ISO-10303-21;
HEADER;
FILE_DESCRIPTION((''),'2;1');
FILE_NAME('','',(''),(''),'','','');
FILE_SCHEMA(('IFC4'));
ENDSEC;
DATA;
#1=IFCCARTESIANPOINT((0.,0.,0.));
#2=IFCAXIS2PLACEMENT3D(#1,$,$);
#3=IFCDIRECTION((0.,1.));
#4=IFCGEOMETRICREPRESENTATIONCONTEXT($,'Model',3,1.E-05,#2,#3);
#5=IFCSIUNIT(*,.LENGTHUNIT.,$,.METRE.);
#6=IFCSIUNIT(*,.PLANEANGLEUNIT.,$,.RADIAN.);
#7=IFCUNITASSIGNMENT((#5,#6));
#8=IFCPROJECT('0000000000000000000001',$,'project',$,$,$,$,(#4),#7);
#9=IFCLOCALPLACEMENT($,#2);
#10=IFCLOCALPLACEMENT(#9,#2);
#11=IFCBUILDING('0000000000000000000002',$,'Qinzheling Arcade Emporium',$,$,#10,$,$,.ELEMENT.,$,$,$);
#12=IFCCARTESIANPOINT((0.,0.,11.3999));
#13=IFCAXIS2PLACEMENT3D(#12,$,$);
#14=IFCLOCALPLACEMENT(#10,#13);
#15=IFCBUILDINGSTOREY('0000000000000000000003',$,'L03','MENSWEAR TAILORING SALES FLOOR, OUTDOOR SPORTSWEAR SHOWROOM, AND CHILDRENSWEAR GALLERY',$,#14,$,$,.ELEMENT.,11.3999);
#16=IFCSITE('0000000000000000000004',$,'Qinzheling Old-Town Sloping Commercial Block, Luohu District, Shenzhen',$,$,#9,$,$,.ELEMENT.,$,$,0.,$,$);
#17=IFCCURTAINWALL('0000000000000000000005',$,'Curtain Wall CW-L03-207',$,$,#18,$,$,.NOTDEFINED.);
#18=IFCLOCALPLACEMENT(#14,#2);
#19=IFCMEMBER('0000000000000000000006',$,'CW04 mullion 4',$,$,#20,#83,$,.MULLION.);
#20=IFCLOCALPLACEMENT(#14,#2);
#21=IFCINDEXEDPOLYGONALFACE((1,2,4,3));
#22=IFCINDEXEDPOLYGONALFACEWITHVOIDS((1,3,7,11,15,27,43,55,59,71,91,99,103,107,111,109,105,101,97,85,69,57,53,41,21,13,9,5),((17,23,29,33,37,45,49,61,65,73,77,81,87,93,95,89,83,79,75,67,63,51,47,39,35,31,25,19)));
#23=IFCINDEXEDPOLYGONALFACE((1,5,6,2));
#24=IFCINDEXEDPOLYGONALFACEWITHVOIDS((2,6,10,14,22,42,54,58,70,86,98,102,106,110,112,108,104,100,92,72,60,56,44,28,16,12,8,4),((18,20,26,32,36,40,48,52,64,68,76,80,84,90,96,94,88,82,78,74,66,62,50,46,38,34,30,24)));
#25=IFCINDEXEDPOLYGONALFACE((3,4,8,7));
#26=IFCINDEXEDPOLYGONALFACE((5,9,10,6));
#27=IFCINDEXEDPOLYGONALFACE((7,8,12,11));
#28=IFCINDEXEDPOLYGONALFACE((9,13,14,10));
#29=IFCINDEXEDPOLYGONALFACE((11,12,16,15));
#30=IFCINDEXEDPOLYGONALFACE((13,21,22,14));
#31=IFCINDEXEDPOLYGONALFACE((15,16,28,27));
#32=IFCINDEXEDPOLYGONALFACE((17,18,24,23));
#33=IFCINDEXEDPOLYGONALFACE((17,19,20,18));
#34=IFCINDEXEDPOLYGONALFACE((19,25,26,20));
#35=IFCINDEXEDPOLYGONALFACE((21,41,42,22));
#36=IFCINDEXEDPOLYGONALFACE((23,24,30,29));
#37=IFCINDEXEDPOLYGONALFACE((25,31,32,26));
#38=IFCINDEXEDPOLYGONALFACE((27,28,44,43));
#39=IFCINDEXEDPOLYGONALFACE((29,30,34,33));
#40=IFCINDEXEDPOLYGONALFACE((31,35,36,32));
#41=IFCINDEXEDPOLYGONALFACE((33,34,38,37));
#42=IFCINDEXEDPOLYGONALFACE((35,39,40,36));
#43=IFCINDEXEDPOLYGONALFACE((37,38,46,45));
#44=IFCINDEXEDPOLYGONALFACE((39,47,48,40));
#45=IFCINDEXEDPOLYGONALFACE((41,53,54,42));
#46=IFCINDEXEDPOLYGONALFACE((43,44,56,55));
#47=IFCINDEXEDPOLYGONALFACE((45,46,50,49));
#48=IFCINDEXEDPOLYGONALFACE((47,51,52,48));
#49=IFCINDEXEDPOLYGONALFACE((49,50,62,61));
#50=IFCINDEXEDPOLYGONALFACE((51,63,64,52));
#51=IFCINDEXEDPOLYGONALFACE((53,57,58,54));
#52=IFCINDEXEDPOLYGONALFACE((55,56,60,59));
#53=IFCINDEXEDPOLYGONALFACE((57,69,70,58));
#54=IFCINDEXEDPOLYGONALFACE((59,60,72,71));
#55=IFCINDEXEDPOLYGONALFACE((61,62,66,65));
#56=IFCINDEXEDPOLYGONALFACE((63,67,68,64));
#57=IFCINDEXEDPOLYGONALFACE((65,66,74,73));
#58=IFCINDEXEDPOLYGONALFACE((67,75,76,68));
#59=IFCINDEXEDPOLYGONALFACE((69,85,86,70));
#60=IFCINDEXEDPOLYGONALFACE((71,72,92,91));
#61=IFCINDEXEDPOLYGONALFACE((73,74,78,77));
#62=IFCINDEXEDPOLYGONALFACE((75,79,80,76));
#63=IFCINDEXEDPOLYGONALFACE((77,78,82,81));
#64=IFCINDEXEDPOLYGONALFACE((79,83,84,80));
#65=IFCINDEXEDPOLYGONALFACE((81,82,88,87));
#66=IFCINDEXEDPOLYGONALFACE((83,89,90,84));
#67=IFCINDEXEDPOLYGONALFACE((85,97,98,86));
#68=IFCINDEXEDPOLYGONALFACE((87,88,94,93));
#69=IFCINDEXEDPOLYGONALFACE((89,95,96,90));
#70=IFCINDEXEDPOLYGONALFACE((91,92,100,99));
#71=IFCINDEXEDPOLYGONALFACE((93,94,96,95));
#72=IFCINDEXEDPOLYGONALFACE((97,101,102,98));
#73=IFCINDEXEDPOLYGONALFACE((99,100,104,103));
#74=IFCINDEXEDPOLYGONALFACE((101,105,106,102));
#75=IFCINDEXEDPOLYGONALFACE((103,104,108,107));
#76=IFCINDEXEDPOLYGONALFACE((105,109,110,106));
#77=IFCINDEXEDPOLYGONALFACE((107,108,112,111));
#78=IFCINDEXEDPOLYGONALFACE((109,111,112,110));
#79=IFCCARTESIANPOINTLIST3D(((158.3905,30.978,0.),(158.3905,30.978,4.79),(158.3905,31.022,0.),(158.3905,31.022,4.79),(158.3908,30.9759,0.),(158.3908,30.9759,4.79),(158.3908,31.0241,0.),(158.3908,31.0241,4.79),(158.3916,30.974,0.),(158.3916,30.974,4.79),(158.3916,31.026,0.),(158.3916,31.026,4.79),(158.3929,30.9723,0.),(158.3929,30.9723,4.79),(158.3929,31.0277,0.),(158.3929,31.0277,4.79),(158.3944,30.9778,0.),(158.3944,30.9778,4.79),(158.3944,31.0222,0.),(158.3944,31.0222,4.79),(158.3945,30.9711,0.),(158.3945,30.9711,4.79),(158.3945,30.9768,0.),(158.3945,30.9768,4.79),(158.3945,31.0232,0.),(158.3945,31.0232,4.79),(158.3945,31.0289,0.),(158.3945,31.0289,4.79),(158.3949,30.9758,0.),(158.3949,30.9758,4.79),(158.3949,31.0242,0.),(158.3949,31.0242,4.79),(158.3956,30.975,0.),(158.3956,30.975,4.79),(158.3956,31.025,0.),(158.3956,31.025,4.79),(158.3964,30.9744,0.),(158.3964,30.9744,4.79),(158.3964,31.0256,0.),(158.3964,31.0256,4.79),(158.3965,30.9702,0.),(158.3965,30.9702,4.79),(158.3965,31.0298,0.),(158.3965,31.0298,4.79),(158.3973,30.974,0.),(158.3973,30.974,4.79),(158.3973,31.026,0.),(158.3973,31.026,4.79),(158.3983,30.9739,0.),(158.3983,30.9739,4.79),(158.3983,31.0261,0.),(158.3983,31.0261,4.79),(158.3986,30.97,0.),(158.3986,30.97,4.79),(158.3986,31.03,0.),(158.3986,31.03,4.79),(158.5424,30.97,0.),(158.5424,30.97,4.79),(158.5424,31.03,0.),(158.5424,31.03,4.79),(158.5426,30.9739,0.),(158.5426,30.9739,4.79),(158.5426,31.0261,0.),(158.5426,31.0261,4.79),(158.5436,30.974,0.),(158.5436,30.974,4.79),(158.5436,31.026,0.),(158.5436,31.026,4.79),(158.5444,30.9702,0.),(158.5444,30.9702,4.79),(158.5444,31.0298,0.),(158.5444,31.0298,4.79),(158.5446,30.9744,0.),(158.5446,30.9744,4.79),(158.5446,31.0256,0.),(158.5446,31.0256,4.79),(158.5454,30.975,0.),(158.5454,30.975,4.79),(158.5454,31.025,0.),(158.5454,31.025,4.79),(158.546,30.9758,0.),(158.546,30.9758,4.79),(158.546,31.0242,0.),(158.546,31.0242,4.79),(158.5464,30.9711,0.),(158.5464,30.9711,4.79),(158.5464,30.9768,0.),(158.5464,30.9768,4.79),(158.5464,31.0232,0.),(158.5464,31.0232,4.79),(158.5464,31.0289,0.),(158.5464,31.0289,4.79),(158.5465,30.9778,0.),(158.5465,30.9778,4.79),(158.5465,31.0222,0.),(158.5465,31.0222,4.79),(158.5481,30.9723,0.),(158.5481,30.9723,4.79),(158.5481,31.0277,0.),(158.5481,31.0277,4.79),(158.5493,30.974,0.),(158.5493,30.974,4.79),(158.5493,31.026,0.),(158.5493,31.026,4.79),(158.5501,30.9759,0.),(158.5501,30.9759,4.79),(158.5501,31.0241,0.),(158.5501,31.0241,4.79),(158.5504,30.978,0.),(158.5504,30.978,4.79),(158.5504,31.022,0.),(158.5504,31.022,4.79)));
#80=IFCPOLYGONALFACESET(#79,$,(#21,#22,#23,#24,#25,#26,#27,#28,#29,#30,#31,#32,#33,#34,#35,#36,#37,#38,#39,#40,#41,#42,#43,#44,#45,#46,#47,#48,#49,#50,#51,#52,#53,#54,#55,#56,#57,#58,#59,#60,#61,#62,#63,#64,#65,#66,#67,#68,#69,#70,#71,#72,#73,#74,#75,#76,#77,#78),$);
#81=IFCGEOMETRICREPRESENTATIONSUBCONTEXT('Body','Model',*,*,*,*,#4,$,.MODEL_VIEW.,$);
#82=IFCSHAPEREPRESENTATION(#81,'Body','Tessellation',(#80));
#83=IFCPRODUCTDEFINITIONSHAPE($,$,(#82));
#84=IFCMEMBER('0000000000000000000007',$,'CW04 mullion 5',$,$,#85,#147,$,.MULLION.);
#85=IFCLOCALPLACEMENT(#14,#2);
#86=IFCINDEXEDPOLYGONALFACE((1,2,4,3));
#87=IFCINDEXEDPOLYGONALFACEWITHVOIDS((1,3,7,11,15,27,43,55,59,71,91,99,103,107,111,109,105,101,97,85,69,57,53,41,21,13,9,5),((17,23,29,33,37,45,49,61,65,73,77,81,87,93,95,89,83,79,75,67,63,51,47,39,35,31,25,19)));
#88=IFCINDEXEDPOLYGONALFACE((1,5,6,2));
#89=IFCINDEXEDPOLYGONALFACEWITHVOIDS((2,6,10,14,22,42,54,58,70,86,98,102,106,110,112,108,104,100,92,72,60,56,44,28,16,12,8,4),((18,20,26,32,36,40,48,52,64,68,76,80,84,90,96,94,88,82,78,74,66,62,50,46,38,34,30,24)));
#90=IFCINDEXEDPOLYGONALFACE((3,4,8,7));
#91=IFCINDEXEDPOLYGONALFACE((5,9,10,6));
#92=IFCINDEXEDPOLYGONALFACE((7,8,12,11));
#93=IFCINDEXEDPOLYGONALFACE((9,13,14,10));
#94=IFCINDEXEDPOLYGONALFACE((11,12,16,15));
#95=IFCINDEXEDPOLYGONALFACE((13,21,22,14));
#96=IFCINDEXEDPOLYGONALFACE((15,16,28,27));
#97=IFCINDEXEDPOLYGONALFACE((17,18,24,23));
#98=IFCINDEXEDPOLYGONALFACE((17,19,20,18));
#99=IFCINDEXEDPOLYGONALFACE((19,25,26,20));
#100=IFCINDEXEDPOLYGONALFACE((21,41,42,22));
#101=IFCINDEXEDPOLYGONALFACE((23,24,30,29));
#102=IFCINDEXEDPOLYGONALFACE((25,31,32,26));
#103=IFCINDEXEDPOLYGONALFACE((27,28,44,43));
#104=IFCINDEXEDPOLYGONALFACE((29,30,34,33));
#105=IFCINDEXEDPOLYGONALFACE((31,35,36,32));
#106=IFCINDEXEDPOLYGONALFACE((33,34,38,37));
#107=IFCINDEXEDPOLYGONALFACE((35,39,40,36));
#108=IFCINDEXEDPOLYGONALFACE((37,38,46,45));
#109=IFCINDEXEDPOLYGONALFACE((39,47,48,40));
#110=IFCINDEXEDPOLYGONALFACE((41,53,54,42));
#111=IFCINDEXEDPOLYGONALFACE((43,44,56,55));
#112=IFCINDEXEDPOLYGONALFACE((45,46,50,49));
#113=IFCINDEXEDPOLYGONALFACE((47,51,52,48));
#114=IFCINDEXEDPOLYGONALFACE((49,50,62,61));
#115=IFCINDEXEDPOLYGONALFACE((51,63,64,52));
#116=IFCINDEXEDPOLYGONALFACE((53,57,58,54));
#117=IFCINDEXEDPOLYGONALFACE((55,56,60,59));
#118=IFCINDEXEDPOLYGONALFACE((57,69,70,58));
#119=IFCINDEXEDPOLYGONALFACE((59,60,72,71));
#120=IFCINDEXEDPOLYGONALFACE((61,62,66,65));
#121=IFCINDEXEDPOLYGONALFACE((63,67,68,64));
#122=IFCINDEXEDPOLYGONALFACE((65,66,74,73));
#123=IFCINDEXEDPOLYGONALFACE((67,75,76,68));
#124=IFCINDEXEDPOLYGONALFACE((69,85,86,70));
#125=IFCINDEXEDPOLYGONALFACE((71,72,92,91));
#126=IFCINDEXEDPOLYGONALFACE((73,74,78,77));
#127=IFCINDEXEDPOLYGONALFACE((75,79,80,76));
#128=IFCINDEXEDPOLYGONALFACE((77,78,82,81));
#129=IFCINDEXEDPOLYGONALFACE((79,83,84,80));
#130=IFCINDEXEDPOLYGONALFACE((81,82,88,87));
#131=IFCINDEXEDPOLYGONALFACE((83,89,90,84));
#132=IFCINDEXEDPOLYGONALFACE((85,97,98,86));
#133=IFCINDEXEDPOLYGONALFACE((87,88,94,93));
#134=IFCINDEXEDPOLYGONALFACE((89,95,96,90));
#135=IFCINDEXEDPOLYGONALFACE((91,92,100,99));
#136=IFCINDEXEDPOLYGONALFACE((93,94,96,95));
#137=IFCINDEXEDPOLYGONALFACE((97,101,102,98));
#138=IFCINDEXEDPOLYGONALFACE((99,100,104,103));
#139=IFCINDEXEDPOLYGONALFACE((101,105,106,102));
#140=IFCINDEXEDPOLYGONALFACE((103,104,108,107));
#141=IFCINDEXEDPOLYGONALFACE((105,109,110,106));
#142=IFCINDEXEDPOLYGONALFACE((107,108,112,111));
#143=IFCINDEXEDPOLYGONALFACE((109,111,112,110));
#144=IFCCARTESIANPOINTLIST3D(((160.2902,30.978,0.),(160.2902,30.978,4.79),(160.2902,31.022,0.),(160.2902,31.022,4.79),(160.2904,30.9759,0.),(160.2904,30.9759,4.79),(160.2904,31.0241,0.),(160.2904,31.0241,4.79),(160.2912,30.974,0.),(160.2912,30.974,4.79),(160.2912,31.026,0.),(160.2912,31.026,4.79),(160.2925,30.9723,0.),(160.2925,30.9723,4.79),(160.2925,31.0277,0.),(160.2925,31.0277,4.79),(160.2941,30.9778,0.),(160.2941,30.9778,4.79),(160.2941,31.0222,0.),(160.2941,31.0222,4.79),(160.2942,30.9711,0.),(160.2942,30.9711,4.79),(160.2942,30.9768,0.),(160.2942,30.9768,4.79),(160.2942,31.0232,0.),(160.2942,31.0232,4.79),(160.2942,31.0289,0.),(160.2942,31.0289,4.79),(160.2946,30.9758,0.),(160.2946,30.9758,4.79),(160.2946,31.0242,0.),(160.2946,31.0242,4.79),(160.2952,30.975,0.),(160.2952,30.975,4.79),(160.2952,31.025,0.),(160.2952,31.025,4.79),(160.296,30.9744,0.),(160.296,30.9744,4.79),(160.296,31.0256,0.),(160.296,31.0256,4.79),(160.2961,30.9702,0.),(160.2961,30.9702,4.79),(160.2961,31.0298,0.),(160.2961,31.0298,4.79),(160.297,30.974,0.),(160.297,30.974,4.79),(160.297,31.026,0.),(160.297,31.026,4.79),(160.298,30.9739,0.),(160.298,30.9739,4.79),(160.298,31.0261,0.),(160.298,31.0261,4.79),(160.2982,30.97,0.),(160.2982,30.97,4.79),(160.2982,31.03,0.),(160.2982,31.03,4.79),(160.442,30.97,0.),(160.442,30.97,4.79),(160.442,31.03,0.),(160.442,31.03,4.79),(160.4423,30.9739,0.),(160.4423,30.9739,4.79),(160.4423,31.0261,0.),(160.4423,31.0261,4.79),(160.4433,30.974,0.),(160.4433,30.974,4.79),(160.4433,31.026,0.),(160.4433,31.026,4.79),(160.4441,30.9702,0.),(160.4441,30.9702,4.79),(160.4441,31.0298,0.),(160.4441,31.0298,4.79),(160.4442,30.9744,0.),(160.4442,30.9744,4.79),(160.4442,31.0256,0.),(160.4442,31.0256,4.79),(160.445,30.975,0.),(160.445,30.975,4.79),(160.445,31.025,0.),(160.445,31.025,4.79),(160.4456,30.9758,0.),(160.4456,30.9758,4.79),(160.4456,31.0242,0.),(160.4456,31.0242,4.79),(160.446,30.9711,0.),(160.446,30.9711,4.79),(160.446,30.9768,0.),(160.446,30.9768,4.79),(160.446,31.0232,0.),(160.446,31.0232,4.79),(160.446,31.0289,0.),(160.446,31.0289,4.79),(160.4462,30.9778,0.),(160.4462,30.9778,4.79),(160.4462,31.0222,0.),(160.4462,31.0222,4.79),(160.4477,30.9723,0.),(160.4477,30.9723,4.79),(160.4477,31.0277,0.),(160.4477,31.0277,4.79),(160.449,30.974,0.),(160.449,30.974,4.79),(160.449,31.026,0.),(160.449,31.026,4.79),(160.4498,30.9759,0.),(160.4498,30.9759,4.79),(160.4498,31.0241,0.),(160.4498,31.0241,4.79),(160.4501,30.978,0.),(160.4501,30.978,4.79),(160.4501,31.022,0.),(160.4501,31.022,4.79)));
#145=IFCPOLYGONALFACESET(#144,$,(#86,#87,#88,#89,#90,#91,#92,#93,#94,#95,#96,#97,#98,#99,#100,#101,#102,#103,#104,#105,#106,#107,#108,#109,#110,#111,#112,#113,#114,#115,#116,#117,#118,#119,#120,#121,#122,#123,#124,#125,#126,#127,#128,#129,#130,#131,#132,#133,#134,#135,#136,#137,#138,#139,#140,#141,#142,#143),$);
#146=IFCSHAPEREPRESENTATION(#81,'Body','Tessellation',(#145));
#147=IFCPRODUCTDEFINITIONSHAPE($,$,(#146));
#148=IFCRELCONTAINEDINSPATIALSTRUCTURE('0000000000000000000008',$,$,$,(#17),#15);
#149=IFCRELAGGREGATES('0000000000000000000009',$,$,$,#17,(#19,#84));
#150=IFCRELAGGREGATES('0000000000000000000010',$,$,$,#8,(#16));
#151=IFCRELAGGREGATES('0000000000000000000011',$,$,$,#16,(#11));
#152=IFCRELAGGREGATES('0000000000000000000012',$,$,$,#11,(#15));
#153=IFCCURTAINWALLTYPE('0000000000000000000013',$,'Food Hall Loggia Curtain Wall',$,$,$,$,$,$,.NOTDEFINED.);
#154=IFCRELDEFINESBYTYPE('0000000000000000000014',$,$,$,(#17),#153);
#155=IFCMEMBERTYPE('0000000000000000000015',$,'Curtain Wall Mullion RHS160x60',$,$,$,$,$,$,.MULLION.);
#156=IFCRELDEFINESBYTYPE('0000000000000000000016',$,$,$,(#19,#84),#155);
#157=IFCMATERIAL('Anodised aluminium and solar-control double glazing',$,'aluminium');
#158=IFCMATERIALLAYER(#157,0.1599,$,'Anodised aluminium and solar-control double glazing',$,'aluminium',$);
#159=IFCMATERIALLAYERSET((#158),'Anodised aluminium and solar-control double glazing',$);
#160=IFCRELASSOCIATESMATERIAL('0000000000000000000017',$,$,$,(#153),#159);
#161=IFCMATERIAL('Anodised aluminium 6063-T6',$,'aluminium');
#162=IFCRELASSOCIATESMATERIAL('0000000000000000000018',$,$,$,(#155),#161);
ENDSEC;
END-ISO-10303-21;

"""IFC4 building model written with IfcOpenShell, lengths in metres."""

from ifc_helpers import new_model, si_unit, direction, frame, origin, origin_2d, place, context, subcontext, project, spatial, hollow_rectangle, extrude, material, layer, layer_set, material_profile, profile_set, type_object, element, aggregate, save


model = new_model("IFC4")

# Units and contexts
model_context = context("Model", 3, precision=1e-05, world=origin(), true_north=direction((0.0, 1.0)))
body_context = subcontext(model_context, "Body", "Model", "MODEL_VIEW")
ifc_project = project(units=[si_unit("LENGTHUNIT", "METRE"), si_unit("PLANEANGLEUNIT", "RADIAN")], contexts=[model_context])

# Site, building, storey
site_placement = place(None, origin())
site = spatial("IfcSite", under=ifc_project, at=site_placement, Name="Qinzheling Old-Town Sloping Commercial Block, Luohu District, Shenzhen", CompositionType="ELEMENT", RefElevation=0.0)
building_placement = place(site_placement, origin())
building = spatial("IfcBuilding", under=site, at=building_placement, Name="Qinzheling Arcade Emporium", CompositionType="ELEMENT")
storey_placement = place(building_placement, frame((0.0, 0.0, 11.3999)))
storey = spatial("IfcBuildingStorey", under=building, at=storey_placement, Name="L03", Description="MENSWEAR TAILORING SALES FLOOR, OUTDOOR SPORTSWEAR SHOWROOM, AND CHILDRENSWEAR GALLERY", CompositionType="ELEMENT", Elevation=11.3999)

# Curtain wall, members
ifc_material_1 = material(Name="Anodised aluminium and solar-control double glazing", Category="aluminium")
ifc_layer_1 = layer(ifc_material_1, 0.1599, Name="Anodised aluminium and solar-control double glazing", Category="aluminium")
ifc_layer_set_1 = layer_set([ifc_layer_1], Name="Anodised aluminium and solar-control double glazing")
curtain_wall_type = type_object("IfcCurtainWallType", Name="Food Hall Loggia Curtain Wall", PredefinedType="NOTDEFINED", material=ifc_layer_set_1)
curtain_wall_placement = place(storey_placement, origin())
curtain_wall = element("IfcCurtainWall", 1, at=curtain_wall_placement, inside=storey, type_object=curtain_wall_type, Name="Curtain Wall CW-L03-207", PredefinedType="NOTDEFINED")
ifc_material_2 = material(Name="Anodised aluminium 6063-T6", Category="aluminium")
ifc_material_profile_1 = material_profile(ifc_material_2, hollow_rectangle(XDim=0.0601, YDim=0.1599, WallThickness=0.0039, InnerFilletRadius=0.0039, OuterFilletRadius=0.0081, at=origin_2d()), Name="RHS 160x60x4", Category="aluminium")
ifc_profile_set_1 = profile_set([ifc_material_profile_1], Name="Anodised aluminium 6063-T6")
member_type_1 = type_object("IfcMemberType", Name="Curtain Wall Mullion RHS160x60", PredefinedType="MULLION", material=ifc_profile_set_1)
member_1_placement = place(storey_placement, frame((158.4705, 31.0, 0.0), z_axis=(0.0, 0.0, 1.0), x_axis=(0.0, 1.0, 0.0)))
member_1 = element("IfcMember", 2, at=member_1_placement, type_object=member_type_1, Name="CW04 mullion 4", PredefinedType="MULLION", context=body_context, shape_type="SweptSolid", body=[
    extrude(hollow_rectangle(XDim=0.0601, YDim=0.1599, WallThickness=0.0039, InnerFilletRadius=0.0039, OuterFilletRadius=0.0081, at=origin_2d()), origin(), (0.0, 0.0, 1.0), 4.79),
])
member_2_placement = place(storey_placement, frame((160.3701, 31.0, 0.0), z_axis=(0.0, 0.0, 1.0), x_axis=(0.0, 1.0, 0.0)))
member_2 = element("IfcMember", 3, at=member_2_placement, type_object=member_type_1, Name="CW04 mullion 5", PredefinedType="MULLION", context=body_context, shape_type="SweptSolid", body=[
    extrude(hollow_rectangle(XDim=0.0601, YDim=0.1599, WallThickness=0.0039, InnerFilletRadius=0.0039, OuterFilletRadius=0.0081, at=origin_2d()), origin(), (0.0, 0.0, 1.0), 4.79),
])
aggregate(curtain_wall, [member_1, member_2])

save(model, "model.ifc")
